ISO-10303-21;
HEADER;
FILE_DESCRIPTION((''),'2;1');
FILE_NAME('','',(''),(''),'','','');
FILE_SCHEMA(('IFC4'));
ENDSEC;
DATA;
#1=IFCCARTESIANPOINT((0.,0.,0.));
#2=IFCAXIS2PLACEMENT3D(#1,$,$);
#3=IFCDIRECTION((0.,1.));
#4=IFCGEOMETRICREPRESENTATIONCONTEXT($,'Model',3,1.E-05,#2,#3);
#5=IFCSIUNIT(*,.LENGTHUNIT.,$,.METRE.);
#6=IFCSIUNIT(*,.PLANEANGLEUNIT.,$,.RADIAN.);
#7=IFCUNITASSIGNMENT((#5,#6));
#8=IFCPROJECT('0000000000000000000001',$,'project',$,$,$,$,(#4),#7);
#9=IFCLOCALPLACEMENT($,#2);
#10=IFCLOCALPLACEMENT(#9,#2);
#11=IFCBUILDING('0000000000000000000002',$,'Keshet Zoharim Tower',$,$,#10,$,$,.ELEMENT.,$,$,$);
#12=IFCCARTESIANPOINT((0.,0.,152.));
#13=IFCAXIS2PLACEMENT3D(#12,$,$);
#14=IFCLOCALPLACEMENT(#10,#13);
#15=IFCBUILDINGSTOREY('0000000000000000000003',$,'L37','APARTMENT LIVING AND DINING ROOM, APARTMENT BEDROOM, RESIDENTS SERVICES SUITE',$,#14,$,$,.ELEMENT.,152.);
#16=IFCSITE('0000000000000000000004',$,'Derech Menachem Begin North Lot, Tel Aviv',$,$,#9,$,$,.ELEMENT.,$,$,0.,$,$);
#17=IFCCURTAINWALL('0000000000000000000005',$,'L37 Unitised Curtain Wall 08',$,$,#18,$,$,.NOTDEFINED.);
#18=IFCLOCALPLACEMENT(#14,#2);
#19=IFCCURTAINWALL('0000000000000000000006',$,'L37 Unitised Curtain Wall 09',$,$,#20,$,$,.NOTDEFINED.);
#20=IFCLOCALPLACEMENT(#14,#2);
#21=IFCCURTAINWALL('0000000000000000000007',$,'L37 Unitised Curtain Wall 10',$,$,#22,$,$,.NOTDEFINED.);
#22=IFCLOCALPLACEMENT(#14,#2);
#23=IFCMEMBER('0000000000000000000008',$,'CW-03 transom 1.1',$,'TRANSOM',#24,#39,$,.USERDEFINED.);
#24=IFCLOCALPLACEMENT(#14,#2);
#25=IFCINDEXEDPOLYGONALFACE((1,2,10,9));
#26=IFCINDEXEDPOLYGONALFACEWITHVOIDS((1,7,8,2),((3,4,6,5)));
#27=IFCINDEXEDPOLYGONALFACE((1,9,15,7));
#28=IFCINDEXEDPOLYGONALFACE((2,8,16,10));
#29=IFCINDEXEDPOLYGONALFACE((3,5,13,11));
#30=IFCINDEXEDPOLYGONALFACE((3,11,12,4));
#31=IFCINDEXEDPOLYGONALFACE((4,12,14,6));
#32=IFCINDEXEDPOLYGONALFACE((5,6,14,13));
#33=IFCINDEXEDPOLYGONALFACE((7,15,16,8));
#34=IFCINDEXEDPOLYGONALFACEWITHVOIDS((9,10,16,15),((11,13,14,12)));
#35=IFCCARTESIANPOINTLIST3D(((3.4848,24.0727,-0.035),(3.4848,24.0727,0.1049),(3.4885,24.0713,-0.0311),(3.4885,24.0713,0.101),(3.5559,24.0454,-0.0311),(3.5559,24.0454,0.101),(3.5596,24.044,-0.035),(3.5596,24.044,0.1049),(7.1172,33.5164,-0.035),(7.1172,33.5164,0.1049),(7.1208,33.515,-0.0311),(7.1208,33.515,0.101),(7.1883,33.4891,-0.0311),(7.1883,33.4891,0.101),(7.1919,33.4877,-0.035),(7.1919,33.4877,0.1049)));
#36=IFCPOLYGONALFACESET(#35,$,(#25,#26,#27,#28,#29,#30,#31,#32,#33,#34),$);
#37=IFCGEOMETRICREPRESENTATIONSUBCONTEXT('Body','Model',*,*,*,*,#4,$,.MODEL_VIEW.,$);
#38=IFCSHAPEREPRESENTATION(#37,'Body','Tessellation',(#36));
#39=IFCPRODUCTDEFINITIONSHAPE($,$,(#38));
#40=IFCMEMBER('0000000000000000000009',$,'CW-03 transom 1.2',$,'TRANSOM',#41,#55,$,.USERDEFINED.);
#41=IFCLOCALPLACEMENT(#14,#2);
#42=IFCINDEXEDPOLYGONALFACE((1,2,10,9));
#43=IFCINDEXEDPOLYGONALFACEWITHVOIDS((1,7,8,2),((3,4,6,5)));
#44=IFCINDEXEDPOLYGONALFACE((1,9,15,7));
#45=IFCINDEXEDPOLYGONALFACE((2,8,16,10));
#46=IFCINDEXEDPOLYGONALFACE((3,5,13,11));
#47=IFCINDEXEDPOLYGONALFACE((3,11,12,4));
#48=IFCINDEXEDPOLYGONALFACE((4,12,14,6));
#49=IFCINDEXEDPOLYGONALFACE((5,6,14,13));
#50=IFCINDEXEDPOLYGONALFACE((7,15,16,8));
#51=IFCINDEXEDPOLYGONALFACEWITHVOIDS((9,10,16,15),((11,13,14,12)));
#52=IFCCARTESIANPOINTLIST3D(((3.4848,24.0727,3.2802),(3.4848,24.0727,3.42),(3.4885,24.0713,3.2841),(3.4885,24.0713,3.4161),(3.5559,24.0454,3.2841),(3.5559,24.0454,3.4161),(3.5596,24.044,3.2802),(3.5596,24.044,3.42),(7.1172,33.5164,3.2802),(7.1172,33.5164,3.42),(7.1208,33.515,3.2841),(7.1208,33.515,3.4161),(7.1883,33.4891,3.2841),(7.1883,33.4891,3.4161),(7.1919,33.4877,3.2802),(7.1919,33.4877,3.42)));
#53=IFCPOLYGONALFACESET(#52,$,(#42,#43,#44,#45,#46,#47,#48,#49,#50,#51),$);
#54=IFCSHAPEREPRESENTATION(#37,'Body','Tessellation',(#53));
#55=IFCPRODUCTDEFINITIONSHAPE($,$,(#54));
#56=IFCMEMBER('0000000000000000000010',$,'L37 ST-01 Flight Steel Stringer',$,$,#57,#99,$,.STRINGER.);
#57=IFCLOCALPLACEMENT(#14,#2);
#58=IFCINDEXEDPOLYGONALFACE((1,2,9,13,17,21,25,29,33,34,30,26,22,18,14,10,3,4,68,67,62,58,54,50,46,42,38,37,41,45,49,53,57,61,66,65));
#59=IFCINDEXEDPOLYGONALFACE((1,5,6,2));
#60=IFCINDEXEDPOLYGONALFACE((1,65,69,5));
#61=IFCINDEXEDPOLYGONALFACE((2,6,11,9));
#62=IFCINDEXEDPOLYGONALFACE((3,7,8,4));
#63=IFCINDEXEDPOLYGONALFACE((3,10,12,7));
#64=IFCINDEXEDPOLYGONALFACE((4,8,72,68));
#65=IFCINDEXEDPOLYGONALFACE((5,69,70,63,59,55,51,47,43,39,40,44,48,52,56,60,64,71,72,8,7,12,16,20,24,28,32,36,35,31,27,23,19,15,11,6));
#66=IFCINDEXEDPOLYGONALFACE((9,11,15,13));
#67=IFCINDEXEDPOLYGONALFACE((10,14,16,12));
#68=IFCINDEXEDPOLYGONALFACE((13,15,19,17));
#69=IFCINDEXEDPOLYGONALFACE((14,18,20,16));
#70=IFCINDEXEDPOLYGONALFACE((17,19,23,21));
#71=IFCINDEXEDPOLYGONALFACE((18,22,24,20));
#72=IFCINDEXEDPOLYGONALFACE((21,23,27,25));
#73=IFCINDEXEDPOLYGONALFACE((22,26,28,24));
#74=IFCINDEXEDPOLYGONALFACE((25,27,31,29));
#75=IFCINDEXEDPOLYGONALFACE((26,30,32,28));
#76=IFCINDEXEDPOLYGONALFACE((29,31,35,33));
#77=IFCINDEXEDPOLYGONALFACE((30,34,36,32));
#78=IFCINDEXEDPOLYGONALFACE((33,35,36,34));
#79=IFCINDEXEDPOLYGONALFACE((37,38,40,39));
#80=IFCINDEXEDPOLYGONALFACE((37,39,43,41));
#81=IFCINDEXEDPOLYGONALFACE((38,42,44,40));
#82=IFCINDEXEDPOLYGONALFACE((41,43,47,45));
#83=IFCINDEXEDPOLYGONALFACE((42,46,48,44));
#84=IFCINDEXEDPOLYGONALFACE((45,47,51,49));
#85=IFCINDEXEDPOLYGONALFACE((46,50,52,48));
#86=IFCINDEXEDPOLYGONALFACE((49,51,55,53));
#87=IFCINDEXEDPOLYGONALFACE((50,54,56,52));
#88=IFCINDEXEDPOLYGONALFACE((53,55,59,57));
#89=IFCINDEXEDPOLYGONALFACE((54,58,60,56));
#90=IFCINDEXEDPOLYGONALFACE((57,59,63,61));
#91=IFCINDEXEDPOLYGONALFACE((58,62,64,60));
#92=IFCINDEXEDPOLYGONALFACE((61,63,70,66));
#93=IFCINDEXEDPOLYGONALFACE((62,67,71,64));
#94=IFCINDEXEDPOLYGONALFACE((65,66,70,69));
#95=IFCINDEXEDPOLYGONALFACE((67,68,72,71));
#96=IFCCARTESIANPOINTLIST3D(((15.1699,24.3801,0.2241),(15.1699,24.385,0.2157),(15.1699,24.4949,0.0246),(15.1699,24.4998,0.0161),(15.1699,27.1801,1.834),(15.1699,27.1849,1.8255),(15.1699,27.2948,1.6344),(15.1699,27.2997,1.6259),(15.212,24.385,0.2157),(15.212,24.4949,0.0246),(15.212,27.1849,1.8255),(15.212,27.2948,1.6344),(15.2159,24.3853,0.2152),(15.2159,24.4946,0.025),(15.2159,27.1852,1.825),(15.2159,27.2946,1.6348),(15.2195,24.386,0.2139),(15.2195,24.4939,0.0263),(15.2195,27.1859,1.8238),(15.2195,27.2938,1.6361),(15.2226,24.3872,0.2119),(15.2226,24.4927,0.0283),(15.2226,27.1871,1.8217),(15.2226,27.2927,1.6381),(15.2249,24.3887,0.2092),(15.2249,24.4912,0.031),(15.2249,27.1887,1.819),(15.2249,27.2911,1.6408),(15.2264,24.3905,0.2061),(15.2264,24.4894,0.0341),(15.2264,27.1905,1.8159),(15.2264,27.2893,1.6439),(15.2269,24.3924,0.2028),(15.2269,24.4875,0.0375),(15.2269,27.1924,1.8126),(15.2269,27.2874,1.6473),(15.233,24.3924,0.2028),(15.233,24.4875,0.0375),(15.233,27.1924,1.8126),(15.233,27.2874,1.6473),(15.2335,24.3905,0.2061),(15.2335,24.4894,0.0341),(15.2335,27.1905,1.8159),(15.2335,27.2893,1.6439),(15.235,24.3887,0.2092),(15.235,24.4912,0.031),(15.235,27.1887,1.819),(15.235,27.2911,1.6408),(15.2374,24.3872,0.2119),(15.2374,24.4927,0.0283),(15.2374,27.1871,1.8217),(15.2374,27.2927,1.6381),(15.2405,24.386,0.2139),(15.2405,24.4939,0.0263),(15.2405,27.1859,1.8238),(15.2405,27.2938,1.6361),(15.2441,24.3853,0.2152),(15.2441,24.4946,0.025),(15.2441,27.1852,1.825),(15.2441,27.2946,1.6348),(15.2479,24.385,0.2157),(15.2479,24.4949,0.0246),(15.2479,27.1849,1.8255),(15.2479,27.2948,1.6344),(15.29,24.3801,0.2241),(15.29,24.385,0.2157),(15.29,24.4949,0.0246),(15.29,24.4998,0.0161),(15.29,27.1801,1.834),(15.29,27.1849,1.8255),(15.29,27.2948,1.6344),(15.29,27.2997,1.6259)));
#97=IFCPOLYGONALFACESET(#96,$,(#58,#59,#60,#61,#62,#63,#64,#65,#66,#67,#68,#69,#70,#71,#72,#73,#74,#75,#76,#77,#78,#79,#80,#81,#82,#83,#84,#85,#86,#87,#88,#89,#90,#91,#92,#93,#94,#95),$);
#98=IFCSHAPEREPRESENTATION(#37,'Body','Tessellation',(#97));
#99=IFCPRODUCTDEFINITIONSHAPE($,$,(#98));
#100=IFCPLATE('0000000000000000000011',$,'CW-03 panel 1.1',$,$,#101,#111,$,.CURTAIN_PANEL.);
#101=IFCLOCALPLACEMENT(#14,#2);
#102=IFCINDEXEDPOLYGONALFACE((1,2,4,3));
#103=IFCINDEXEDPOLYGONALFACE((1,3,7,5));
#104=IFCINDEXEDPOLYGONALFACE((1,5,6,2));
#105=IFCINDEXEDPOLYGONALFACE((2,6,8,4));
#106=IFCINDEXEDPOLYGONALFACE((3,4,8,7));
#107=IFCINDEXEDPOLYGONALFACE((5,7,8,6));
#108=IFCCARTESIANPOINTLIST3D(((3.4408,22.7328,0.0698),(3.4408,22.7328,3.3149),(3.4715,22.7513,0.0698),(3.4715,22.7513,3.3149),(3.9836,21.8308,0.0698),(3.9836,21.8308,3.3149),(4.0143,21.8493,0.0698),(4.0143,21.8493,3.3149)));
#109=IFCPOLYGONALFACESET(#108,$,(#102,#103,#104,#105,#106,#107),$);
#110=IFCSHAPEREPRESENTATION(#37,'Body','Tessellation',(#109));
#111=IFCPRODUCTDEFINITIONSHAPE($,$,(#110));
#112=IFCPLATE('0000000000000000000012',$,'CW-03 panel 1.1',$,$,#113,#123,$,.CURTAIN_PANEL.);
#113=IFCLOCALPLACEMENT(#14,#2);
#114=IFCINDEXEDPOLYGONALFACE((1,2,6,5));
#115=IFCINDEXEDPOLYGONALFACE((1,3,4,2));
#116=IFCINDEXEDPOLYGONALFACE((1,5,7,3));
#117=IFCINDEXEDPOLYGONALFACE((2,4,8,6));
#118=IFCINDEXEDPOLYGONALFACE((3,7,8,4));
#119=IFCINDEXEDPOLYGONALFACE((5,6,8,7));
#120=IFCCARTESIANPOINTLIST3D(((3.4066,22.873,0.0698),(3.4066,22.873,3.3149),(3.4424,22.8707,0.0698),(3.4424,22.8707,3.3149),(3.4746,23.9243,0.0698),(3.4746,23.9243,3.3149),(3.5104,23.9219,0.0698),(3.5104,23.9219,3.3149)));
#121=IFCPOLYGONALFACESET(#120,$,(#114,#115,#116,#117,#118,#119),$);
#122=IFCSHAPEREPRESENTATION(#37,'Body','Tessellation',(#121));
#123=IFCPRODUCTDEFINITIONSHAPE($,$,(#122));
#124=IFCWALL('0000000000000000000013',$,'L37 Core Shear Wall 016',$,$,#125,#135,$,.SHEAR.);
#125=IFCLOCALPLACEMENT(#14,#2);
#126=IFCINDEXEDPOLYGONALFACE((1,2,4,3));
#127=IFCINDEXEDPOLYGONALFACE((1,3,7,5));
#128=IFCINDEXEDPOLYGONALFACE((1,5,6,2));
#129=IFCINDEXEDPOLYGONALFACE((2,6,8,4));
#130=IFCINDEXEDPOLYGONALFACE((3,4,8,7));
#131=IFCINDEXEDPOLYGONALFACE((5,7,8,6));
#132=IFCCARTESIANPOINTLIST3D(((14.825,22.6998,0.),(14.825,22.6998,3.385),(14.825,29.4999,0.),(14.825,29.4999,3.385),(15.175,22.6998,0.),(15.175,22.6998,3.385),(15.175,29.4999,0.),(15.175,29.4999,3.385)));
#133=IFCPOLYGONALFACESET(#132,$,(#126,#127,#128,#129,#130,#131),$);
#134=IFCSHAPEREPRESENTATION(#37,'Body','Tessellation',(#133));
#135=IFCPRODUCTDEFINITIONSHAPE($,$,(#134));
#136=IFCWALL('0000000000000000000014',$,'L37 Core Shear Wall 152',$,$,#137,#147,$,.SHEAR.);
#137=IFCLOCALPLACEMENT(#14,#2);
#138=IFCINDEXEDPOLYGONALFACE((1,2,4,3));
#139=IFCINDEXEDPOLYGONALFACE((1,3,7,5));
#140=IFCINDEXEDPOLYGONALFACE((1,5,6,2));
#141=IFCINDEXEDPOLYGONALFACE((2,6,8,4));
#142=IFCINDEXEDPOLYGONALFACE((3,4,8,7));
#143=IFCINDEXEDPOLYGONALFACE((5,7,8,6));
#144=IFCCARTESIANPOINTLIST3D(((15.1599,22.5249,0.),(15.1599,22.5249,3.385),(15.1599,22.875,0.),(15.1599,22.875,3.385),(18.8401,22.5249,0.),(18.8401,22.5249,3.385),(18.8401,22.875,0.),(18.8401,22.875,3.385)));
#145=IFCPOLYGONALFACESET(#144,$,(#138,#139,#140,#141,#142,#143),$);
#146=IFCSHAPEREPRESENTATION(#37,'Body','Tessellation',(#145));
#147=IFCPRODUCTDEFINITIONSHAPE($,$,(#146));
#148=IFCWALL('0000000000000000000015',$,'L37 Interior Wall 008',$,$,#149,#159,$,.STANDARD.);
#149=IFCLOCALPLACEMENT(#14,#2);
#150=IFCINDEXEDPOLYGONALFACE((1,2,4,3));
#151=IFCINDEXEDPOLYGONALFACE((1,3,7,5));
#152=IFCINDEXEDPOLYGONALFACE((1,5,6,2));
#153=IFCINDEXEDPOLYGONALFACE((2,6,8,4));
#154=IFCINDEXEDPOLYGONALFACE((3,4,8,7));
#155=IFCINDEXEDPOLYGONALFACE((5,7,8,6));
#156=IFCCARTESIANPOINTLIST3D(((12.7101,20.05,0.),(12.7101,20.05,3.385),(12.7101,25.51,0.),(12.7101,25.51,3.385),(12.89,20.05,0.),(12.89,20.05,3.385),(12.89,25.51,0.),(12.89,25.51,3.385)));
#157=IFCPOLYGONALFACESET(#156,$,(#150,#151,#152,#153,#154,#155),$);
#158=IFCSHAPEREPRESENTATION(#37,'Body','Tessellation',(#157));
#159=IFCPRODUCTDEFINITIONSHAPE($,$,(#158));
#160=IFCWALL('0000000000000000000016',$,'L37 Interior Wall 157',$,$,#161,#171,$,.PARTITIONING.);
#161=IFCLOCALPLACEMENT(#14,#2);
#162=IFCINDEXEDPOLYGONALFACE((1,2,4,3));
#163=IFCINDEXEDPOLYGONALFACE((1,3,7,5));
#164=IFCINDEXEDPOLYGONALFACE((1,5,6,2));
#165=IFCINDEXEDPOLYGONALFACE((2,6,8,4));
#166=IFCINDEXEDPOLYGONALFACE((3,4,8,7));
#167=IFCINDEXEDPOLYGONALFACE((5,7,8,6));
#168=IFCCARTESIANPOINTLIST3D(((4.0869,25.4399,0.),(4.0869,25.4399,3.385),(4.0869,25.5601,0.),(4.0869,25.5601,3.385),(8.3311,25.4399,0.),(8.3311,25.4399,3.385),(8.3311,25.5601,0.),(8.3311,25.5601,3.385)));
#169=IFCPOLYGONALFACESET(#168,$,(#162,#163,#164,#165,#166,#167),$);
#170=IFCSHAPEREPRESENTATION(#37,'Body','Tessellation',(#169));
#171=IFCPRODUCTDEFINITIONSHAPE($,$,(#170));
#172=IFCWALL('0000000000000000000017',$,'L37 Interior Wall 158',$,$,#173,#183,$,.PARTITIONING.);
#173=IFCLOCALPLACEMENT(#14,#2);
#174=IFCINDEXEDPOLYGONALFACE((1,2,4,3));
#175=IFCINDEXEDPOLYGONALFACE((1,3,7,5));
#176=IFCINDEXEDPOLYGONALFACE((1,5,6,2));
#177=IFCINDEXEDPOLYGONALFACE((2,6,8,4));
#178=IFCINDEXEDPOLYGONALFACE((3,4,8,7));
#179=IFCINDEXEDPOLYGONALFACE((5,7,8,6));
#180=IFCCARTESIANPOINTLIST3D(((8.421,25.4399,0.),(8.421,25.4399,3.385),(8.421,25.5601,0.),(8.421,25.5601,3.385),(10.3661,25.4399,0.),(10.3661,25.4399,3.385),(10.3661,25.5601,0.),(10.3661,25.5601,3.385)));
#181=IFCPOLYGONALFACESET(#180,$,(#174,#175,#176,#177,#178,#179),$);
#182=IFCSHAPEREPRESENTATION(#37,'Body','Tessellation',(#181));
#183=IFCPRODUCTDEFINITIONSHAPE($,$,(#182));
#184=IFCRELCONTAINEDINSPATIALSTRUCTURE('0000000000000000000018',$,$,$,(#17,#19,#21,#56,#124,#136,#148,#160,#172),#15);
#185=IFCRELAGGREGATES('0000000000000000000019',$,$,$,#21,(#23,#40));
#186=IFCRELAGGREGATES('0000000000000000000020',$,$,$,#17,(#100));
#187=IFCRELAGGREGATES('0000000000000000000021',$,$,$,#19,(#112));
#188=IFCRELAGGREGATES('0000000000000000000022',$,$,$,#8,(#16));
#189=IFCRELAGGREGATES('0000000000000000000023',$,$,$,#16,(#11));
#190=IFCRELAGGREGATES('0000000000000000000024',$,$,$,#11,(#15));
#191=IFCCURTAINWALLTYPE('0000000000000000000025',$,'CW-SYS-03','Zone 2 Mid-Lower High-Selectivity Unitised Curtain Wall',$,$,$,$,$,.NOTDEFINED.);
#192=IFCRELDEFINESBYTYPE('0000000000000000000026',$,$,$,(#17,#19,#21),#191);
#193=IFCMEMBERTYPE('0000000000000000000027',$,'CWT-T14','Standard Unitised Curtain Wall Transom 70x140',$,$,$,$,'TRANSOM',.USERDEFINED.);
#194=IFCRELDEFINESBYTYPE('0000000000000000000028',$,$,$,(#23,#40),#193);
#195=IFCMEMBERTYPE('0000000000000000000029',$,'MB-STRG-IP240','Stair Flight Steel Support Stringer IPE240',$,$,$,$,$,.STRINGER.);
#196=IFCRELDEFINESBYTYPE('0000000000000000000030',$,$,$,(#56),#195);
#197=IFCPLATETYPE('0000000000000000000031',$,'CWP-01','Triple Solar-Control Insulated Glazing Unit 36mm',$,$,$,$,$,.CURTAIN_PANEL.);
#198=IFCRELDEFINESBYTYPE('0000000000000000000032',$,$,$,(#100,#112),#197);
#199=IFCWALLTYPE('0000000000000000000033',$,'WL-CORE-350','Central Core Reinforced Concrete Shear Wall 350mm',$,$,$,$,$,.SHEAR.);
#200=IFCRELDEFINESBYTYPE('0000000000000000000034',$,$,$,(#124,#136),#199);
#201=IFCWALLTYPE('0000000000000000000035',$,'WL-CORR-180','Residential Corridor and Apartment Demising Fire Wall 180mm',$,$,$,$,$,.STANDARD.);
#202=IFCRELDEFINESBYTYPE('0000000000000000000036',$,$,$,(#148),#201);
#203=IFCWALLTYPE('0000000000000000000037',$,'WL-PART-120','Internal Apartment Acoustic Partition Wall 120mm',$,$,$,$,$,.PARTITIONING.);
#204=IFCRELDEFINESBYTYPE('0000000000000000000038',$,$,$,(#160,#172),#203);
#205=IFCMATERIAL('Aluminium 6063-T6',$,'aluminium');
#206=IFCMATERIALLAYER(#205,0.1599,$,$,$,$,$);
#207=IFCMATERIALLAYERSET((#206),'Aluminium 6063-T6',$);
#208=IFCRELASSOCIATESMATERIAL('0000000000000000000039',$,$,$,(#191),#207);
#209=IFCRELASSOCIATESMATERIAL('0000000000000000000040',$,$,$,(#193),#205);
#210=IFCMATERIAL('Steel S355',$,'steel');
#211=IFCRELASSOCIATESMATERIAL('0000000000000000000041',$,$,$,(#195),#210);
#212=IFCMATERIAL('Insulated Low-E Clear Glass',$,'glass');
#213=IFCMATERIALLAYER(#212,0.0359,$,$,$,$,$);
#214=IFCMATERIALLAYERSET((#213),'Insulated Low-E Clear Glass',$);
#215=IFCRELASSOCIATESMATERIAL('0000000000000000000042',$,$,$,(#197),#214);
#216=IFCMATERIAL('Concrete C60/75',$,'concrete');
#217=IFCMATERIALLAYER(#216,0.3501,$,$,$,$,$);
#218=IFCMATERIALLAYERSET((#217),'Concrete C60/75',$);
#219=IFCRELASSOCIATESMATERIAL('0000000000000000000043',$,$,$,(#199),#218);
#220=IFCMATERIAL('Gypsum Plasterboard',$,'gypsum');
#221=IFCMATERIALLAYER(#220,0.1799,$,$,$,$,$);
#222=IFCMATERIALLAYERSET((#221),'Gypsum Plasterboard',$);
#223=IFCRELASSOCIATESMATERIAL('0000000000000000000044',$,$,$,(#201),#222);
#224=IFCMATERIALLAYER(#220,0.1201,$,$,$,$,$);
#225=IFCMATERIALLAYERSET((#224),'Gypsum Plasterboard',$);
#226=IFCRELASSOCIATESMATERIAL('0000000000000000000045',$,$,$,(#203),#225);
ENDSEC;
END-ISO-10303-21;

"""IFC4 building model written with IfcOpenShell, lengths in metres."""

from ifc_helpers import new_model, si_unit, direction, frame, frame_2d, origin, origin_2d, place, context, subcontext, project, spatial, rectangle, hollow_rectangle, i_section, extrude, material, layer, layer_set, material_profile, profile_set, type_object, element, aggregate, save


model = new_model("IFC4")

# Units and contexts
model_context = context("Model", 3, precision=1e-05, world=origin(), true_north=direction((0.0, 1.0)))
body_context = subcontext(model_context, "Body", "Model", "MODEL_VIEW")
ifc_project = project(units=[si_unit("LENGTHUNIT", "METRE"), si_unit("PLANEANGLEUNIT", "RADIAN")], contexts=[model_context])

# Site, building, storey
site_placement = place(None, origin())
site = spatial("IfcSite", under=ifc_project, at=site_placement, Name="Derech Menachem Begin North Lot, Tel Aviv", CompositionType="ELEMENT", RefElevation=0.0)
building_placement = place(site_placement, origin())
building = spatial("IfcBuilding", under=site, at=building_placement, Name="Keshet Zoharim Tower", CompositionType="ELEMENT")
storey_placement = place(building_placement, frame((0.0, 0.0, 152.0)))
storey = spatial("IfcBuildingStorey", under=building, at=storey_placement, Name="L37", Description="APARTMENT LIVING AND DINING ROOM, APARTMENT BEDROOM, RESIDENTS SERVICES SUITE", CompositionType="ELEMENT", Elevation=152.0)

# Shared definitions
ifc_material_1 = material(Name="Concrete C60/75", Category="concrete")

# Shared definitions
ifc_material_2 = material(Name="Aluminium 6063-T6", Category="aluminium")
ifc_layer_1 = layer(ifc_material_2, 0.1599)
ifc_layer_set_1 = layer_set([ifc_layer_1], Name="Aluminium 6063-T6")
curtain_wall_type = type_object("IfcCurtainWallType", Name="CW-SYS-03", Description="Zone 2 Mid-Lower High-Selectivity Unitised Curtain Wall", PredefinedType="NOTDEFINED", material=ifc_layer_set_1)

# Curtain walls
curtain_wall_1_placement = place(storey_placement, origin())
curtain_wall_1 = element("IfcCurtainWall", 1, at=curtain_wall_1_placement, inside=storey, type_object=curtain_wall_type, Name="L37 Unitised Curtain Wall 08", PredefinedType="NOTDEFINED")
curtain_wall_2_placement = place(storey_placement, origin())
curtain_wall_2 = element("IfcCurtainWall", 2, at=curtain_wall_2_placement, inside=storey, type_object=curtain_wall_type, Name="L37 Unitised Curtain Wall 09", PredefinedType="NOTDEFINED")

# Curtain wall
curtain_wall_3_placement = place(storey_placement, origin())
curtain_wall_3 = element("IfcCurtainWall", 3, at=curtain_wall_3_placement, inside=storey, type_object=curtain_wall_type, Name="L37 Unitised Curtain Wall 10", PredefinedType="NOTDEFINED")

# Members
ifc_material_profile_1 = material_profile(ifc_material_2, hollow_rectangle(XDim=0.0801, YDim=0.1399, WallThickness=0.0039, at=origin_2d()), Name="TRN-80x140")
ifc_profile_set_1 = profile_set([ifc_material_profile_1], Name="Aluminium 6063-T6")
member_type_1 = type_object("IfcMemberType", Name="CWT-T14", Description="Standard Unitised Curtain Wall Transom 70x140", ElementType="TRANSOM", PredefinedType="USERDEFINED", material=ifc_profile_set_1)
member_1_placement = place(storey_placement, frame((3.5222, 24.0583, 0.0349), z_axis=(0.358994, 0.93334, 0.0), x_axis=(-0.93334, 0.358994, 0.0)))
member_1 = element("IfcMember", 4, at=member_1_placement, type_object=member_type_1, Name="CW-03 transom 1.1", ObjectType="TRANSOM", PredefinedType="USERDEFINED", context=body_context, shape_type="SweptSolid", body=[
    extrude(hollow_rectangle(XDim=0.0801, YDim=0.1399, WallThickness=0.0039, at=origin_2d()), origin(), (0.0, 0.0, 1.0), 10.1182),
])
member_2_placement = place(storey_placement, frame((3.5222, 24.0583, 3.3501), z_axis=(0.358994, 0.93334, 0.0), x_axis=(-0.93334, 0.358994, 0.0)))
member_2 = element("IfcMember", 5, at=member_2_placement, type_object=member_type_1, Name="CW-03 transom 1.2", ObjectType="TRANSOM", PredefinedType="USERDEFINED", context=body_context, shape_type="SweptSolid", body=[
    extrude(hollow_rectangle(XDim=0.0801, YDim=0.1399, WallThickness=0.0039, at=origin_2d()), origin(), (0.0, 0.0, 1.0), 10.1182),
])
aggregate(curtain_wall_3, [member_1, member_2])
ifc_material_3 = material(Name="Steel S355", Category="steel")
ifc_material_profile_2 = material_profile(ifc_material_3, i_section(OverallWidth=0.1201, OverallDepth=0.24, WebThickness=0.0061, FlangeThickness=0.0098, FilletRadius=0.0149, at=origin_2d()), Name="IPE240")
ifc_profile_set_2 = profile_set([ifc_material_profile_2], Name="Steel S355")
member_type_2 = type_object("IfcMemberType", Name="MB-STRG-IP240", Description="Stair Flight Steel Support Stringer IPE240", PredefinedType="STRINGER", material=ifc_profile_set_2)
member_3_placement = place(storey_placement, frame((15.23, 24.4399, 0.1201), z_axis=(0.0, 0.866928, 0.498433), x_axis=(-1.0, 0.0, 0.0)))
element("IfcMember", 6, at=member_3_placement, inside=storey, type_object=member_type_2, Name="L37 ST-01 Flight Steel Stringer", PredefinedType="STRINGER", context=body_context, shape_type="SweptSolid", body=[
    extrude(i_section(OverallWidth=0.1201, OverallDepth=0.24, WebThickness=0.0061, FlangeThickness=0.0098, FilletRadius=0.0149, at=origin_2d()), origin(), (0.0, 0.0, 1.0), 3.2297),
])

# Plates
ifc_material_4 = material(Name="Insulated Low-E Clear Glass", Category="glass")
ifc_layer_2 = layer(ifc_material_4, 0.0359)
ifc_layer_set_2 = layer_set([ifc_layer_2], Name="Insulated Low-E Clear Glass")
plate_type = type_object("IfcPlateType", Name="CWP-01", Description="Triple Solar-Control Insulated Glazing Unit 36mm", PredefinedType="CURTAIN_PANEL", material=ifc_layer_set_2)
plate_1_placement = place(storey_placement, frame((3.7275, 22.291, 0.0698), z_axis=(0.0, 0.0, 1.0), x_axis=(-0.515605, 0.856826, 0.0)))
plate_1 = element("IfcPlate", 7, at=plate_1_placement, type_object=plate_type, Name="CW-03 panel 1.1", PredefinedType="CURTAIN_PANEL", context=body_context, shape_type="SweptSolid", body=[
    extrude(rectangle(XDim=1.0527, YDim=0.0359, at=origin_2d()), origin(), (0.0, 0.0, 1.0), 3.2451),
])
aggregate(curtain_wall_1, [plate_1])
plate_2_placement = place(storey_placement, frame((3.4585, 23.3975, 0.0698), z_axis=(0.0, 0.0, 1.0), x_axis=(0.064517, 0.997917, 0.0)))
plate_2 = element("IfcPlate", 8, at=plate_2_placement, type_object=plate_type, Name="CW-03 panel 1.1", PredefinedType="CURTAIN_PANEL", context=body_context, shape_type="SweptSolid", body=[
    extrude(rectangle(XDim=1.0535, YDim=0.0359, at=origin_2d()), origin(), (0.0, 0.0, 1.0), 3.2451),
])
aggregate(curtain_wall_2, [plate_2])

# Walls
ifc_layer_3 = layer(ifc_material_1, 0.3501)
ifc_layer_set_3 = layer_set([ifc_layer_3], Name="Concrete C60/75")
wall_type_1 = type_object("IfcWallType", Name="WL-CORE-350", Description="Central Core Reinforced Concrete Shear Wall 350mm", PredefinedType="SHEAR", material=ifc_layer_set_3)
wall_1_placement = place(storey_placement, frame((15.0, 22.7, 0.0), z_axis=(0.0, 0.0, 1.0), x_axis=(0.0, 1.0, 0.0)))
element("IfcWall", 9, at=wall_1_placement, inside=storey, type_object=wall_type_1, Name="L37 Core Shear Wall 016", PredefinedType="SHEAR", context=body_context, shape_type="SweptSolid", body=[
    extrude(rectangle(XDim=6.8, YDim=0.3501, at=frame_2d((3.3999, 0.0))), origin(), (0.0, 0.0, 1.0), 3.385),
])
wall_2_placement = place(storey_placement, frame((15.1599, 22.7, 0.0), z_axis=(0.0, 0.0, 1.0), x_axis=(1.0, 0.0, 0.0)))
element("IfcWall", 10, at=wall_2_placement, inside=storey, type_object=wall_type_1, Name="L37 Core Shear Wall 152", PredefinedType="SHEAR", context=body_context, shape_type="SweptSolid", body=[
    extrude(rectangle(XDim=3.6802, YDim=0.3501, at=frame_2d((1.8401, 0.0))), origin(), (0.0, 0.0, 1.0), 3.385),
])
ifc_material_5 = material(Name="Gypsum Plasterboard", Category="gypsum")
ifc_layer_4 = layer(ifc_material_5, 0.1799)
ifc_layer_set_4 = layer_set([ifc_layer_4], Name="Gypsum Plasterboard")
wall_type_2 = type_object("IfcWallType", Name="WL-CORR-180", Description="Residential Corridor and Apartment Demising Fire Wall 180mm", PredefinedType="STANDARD", material=ifc_layer_set_4)
wall_3_placement = place(storey_placement, frame((12.8, 20.05, 0.0), z_axis=(0.0, 0.0, 1.0), x_axis=(0.0, 1.0, 0.0)))
element("IfcWall", 11, at=wall_3_placement, inside=storey, type_object=wall_type_2, Name="L37 Interior Wall 008", PredefinedType="STANDARD", context=body_context, shape_type="SweptSolid", body=[
    extrude(rectangle(XDim=5.46, YDim=0.1799, at=frame_2d((2.73, 0.0))), origin(), (0.0, 0.0, 1.0), 3.385),
])

# Shared definitions
ifc_layer_5 = layer(ifc_material_5, 0.1201)
ifc_layer_set_5 = layer_set([ifc_layer_5], Name="Gypsum Plasterboard")
wall_type_3 = type_object("IfcWallType", Name="WL-PART-120", Description="Internal Apartment Acoustic Partition Wall 120mm", PredefinedType="PARTITIONING", material=ifc_layer_set_5)

# Walls
wall_4_placement = place(storey_placement, frame((4.0869, 25.5, 0.0), z_axis=(0.0, 0.0, 1.0), x_axis=(1.0, 0.0, 0.0)))
element("IfcWall", 12, at=wall_4_placement, inside=storey, type_object=wall_type_3, Name="L37 Interior Wall 157", PredefinedType="PARTITIONING", context=body_context, shape_type="SweptSolid", body=[
    extrude(rectangle(XDim=4.2441, YDim=0.1201, at=frame_2d((2.1221, 0.0))), origin(), (0.0, 0.0, 1.0), 3.385),
])
wall_5_placement = place(storey_placement, frame((8.4209, 25.5, 0.0), z_axis=(0.0, 0.0, 1.0), x_axis=(1.0, 0.0, 0.0)))
element("IfcWall", 13, at=wall_5_placement, inside=storey, type_object=wall_type_3, Name="L37 Interior Wall 158", PredefinedType="PARTITIONING", context=body_context, shape_type="SweptSolid", body=[
    extrude(rectangle(XDim=1.9451, YDim=0.1201, at=frame_2d((0.9727, 0.0))), origin(), (0.0, 0.0, 1.0), 3.385),
])

save(model, "model.ifc")
